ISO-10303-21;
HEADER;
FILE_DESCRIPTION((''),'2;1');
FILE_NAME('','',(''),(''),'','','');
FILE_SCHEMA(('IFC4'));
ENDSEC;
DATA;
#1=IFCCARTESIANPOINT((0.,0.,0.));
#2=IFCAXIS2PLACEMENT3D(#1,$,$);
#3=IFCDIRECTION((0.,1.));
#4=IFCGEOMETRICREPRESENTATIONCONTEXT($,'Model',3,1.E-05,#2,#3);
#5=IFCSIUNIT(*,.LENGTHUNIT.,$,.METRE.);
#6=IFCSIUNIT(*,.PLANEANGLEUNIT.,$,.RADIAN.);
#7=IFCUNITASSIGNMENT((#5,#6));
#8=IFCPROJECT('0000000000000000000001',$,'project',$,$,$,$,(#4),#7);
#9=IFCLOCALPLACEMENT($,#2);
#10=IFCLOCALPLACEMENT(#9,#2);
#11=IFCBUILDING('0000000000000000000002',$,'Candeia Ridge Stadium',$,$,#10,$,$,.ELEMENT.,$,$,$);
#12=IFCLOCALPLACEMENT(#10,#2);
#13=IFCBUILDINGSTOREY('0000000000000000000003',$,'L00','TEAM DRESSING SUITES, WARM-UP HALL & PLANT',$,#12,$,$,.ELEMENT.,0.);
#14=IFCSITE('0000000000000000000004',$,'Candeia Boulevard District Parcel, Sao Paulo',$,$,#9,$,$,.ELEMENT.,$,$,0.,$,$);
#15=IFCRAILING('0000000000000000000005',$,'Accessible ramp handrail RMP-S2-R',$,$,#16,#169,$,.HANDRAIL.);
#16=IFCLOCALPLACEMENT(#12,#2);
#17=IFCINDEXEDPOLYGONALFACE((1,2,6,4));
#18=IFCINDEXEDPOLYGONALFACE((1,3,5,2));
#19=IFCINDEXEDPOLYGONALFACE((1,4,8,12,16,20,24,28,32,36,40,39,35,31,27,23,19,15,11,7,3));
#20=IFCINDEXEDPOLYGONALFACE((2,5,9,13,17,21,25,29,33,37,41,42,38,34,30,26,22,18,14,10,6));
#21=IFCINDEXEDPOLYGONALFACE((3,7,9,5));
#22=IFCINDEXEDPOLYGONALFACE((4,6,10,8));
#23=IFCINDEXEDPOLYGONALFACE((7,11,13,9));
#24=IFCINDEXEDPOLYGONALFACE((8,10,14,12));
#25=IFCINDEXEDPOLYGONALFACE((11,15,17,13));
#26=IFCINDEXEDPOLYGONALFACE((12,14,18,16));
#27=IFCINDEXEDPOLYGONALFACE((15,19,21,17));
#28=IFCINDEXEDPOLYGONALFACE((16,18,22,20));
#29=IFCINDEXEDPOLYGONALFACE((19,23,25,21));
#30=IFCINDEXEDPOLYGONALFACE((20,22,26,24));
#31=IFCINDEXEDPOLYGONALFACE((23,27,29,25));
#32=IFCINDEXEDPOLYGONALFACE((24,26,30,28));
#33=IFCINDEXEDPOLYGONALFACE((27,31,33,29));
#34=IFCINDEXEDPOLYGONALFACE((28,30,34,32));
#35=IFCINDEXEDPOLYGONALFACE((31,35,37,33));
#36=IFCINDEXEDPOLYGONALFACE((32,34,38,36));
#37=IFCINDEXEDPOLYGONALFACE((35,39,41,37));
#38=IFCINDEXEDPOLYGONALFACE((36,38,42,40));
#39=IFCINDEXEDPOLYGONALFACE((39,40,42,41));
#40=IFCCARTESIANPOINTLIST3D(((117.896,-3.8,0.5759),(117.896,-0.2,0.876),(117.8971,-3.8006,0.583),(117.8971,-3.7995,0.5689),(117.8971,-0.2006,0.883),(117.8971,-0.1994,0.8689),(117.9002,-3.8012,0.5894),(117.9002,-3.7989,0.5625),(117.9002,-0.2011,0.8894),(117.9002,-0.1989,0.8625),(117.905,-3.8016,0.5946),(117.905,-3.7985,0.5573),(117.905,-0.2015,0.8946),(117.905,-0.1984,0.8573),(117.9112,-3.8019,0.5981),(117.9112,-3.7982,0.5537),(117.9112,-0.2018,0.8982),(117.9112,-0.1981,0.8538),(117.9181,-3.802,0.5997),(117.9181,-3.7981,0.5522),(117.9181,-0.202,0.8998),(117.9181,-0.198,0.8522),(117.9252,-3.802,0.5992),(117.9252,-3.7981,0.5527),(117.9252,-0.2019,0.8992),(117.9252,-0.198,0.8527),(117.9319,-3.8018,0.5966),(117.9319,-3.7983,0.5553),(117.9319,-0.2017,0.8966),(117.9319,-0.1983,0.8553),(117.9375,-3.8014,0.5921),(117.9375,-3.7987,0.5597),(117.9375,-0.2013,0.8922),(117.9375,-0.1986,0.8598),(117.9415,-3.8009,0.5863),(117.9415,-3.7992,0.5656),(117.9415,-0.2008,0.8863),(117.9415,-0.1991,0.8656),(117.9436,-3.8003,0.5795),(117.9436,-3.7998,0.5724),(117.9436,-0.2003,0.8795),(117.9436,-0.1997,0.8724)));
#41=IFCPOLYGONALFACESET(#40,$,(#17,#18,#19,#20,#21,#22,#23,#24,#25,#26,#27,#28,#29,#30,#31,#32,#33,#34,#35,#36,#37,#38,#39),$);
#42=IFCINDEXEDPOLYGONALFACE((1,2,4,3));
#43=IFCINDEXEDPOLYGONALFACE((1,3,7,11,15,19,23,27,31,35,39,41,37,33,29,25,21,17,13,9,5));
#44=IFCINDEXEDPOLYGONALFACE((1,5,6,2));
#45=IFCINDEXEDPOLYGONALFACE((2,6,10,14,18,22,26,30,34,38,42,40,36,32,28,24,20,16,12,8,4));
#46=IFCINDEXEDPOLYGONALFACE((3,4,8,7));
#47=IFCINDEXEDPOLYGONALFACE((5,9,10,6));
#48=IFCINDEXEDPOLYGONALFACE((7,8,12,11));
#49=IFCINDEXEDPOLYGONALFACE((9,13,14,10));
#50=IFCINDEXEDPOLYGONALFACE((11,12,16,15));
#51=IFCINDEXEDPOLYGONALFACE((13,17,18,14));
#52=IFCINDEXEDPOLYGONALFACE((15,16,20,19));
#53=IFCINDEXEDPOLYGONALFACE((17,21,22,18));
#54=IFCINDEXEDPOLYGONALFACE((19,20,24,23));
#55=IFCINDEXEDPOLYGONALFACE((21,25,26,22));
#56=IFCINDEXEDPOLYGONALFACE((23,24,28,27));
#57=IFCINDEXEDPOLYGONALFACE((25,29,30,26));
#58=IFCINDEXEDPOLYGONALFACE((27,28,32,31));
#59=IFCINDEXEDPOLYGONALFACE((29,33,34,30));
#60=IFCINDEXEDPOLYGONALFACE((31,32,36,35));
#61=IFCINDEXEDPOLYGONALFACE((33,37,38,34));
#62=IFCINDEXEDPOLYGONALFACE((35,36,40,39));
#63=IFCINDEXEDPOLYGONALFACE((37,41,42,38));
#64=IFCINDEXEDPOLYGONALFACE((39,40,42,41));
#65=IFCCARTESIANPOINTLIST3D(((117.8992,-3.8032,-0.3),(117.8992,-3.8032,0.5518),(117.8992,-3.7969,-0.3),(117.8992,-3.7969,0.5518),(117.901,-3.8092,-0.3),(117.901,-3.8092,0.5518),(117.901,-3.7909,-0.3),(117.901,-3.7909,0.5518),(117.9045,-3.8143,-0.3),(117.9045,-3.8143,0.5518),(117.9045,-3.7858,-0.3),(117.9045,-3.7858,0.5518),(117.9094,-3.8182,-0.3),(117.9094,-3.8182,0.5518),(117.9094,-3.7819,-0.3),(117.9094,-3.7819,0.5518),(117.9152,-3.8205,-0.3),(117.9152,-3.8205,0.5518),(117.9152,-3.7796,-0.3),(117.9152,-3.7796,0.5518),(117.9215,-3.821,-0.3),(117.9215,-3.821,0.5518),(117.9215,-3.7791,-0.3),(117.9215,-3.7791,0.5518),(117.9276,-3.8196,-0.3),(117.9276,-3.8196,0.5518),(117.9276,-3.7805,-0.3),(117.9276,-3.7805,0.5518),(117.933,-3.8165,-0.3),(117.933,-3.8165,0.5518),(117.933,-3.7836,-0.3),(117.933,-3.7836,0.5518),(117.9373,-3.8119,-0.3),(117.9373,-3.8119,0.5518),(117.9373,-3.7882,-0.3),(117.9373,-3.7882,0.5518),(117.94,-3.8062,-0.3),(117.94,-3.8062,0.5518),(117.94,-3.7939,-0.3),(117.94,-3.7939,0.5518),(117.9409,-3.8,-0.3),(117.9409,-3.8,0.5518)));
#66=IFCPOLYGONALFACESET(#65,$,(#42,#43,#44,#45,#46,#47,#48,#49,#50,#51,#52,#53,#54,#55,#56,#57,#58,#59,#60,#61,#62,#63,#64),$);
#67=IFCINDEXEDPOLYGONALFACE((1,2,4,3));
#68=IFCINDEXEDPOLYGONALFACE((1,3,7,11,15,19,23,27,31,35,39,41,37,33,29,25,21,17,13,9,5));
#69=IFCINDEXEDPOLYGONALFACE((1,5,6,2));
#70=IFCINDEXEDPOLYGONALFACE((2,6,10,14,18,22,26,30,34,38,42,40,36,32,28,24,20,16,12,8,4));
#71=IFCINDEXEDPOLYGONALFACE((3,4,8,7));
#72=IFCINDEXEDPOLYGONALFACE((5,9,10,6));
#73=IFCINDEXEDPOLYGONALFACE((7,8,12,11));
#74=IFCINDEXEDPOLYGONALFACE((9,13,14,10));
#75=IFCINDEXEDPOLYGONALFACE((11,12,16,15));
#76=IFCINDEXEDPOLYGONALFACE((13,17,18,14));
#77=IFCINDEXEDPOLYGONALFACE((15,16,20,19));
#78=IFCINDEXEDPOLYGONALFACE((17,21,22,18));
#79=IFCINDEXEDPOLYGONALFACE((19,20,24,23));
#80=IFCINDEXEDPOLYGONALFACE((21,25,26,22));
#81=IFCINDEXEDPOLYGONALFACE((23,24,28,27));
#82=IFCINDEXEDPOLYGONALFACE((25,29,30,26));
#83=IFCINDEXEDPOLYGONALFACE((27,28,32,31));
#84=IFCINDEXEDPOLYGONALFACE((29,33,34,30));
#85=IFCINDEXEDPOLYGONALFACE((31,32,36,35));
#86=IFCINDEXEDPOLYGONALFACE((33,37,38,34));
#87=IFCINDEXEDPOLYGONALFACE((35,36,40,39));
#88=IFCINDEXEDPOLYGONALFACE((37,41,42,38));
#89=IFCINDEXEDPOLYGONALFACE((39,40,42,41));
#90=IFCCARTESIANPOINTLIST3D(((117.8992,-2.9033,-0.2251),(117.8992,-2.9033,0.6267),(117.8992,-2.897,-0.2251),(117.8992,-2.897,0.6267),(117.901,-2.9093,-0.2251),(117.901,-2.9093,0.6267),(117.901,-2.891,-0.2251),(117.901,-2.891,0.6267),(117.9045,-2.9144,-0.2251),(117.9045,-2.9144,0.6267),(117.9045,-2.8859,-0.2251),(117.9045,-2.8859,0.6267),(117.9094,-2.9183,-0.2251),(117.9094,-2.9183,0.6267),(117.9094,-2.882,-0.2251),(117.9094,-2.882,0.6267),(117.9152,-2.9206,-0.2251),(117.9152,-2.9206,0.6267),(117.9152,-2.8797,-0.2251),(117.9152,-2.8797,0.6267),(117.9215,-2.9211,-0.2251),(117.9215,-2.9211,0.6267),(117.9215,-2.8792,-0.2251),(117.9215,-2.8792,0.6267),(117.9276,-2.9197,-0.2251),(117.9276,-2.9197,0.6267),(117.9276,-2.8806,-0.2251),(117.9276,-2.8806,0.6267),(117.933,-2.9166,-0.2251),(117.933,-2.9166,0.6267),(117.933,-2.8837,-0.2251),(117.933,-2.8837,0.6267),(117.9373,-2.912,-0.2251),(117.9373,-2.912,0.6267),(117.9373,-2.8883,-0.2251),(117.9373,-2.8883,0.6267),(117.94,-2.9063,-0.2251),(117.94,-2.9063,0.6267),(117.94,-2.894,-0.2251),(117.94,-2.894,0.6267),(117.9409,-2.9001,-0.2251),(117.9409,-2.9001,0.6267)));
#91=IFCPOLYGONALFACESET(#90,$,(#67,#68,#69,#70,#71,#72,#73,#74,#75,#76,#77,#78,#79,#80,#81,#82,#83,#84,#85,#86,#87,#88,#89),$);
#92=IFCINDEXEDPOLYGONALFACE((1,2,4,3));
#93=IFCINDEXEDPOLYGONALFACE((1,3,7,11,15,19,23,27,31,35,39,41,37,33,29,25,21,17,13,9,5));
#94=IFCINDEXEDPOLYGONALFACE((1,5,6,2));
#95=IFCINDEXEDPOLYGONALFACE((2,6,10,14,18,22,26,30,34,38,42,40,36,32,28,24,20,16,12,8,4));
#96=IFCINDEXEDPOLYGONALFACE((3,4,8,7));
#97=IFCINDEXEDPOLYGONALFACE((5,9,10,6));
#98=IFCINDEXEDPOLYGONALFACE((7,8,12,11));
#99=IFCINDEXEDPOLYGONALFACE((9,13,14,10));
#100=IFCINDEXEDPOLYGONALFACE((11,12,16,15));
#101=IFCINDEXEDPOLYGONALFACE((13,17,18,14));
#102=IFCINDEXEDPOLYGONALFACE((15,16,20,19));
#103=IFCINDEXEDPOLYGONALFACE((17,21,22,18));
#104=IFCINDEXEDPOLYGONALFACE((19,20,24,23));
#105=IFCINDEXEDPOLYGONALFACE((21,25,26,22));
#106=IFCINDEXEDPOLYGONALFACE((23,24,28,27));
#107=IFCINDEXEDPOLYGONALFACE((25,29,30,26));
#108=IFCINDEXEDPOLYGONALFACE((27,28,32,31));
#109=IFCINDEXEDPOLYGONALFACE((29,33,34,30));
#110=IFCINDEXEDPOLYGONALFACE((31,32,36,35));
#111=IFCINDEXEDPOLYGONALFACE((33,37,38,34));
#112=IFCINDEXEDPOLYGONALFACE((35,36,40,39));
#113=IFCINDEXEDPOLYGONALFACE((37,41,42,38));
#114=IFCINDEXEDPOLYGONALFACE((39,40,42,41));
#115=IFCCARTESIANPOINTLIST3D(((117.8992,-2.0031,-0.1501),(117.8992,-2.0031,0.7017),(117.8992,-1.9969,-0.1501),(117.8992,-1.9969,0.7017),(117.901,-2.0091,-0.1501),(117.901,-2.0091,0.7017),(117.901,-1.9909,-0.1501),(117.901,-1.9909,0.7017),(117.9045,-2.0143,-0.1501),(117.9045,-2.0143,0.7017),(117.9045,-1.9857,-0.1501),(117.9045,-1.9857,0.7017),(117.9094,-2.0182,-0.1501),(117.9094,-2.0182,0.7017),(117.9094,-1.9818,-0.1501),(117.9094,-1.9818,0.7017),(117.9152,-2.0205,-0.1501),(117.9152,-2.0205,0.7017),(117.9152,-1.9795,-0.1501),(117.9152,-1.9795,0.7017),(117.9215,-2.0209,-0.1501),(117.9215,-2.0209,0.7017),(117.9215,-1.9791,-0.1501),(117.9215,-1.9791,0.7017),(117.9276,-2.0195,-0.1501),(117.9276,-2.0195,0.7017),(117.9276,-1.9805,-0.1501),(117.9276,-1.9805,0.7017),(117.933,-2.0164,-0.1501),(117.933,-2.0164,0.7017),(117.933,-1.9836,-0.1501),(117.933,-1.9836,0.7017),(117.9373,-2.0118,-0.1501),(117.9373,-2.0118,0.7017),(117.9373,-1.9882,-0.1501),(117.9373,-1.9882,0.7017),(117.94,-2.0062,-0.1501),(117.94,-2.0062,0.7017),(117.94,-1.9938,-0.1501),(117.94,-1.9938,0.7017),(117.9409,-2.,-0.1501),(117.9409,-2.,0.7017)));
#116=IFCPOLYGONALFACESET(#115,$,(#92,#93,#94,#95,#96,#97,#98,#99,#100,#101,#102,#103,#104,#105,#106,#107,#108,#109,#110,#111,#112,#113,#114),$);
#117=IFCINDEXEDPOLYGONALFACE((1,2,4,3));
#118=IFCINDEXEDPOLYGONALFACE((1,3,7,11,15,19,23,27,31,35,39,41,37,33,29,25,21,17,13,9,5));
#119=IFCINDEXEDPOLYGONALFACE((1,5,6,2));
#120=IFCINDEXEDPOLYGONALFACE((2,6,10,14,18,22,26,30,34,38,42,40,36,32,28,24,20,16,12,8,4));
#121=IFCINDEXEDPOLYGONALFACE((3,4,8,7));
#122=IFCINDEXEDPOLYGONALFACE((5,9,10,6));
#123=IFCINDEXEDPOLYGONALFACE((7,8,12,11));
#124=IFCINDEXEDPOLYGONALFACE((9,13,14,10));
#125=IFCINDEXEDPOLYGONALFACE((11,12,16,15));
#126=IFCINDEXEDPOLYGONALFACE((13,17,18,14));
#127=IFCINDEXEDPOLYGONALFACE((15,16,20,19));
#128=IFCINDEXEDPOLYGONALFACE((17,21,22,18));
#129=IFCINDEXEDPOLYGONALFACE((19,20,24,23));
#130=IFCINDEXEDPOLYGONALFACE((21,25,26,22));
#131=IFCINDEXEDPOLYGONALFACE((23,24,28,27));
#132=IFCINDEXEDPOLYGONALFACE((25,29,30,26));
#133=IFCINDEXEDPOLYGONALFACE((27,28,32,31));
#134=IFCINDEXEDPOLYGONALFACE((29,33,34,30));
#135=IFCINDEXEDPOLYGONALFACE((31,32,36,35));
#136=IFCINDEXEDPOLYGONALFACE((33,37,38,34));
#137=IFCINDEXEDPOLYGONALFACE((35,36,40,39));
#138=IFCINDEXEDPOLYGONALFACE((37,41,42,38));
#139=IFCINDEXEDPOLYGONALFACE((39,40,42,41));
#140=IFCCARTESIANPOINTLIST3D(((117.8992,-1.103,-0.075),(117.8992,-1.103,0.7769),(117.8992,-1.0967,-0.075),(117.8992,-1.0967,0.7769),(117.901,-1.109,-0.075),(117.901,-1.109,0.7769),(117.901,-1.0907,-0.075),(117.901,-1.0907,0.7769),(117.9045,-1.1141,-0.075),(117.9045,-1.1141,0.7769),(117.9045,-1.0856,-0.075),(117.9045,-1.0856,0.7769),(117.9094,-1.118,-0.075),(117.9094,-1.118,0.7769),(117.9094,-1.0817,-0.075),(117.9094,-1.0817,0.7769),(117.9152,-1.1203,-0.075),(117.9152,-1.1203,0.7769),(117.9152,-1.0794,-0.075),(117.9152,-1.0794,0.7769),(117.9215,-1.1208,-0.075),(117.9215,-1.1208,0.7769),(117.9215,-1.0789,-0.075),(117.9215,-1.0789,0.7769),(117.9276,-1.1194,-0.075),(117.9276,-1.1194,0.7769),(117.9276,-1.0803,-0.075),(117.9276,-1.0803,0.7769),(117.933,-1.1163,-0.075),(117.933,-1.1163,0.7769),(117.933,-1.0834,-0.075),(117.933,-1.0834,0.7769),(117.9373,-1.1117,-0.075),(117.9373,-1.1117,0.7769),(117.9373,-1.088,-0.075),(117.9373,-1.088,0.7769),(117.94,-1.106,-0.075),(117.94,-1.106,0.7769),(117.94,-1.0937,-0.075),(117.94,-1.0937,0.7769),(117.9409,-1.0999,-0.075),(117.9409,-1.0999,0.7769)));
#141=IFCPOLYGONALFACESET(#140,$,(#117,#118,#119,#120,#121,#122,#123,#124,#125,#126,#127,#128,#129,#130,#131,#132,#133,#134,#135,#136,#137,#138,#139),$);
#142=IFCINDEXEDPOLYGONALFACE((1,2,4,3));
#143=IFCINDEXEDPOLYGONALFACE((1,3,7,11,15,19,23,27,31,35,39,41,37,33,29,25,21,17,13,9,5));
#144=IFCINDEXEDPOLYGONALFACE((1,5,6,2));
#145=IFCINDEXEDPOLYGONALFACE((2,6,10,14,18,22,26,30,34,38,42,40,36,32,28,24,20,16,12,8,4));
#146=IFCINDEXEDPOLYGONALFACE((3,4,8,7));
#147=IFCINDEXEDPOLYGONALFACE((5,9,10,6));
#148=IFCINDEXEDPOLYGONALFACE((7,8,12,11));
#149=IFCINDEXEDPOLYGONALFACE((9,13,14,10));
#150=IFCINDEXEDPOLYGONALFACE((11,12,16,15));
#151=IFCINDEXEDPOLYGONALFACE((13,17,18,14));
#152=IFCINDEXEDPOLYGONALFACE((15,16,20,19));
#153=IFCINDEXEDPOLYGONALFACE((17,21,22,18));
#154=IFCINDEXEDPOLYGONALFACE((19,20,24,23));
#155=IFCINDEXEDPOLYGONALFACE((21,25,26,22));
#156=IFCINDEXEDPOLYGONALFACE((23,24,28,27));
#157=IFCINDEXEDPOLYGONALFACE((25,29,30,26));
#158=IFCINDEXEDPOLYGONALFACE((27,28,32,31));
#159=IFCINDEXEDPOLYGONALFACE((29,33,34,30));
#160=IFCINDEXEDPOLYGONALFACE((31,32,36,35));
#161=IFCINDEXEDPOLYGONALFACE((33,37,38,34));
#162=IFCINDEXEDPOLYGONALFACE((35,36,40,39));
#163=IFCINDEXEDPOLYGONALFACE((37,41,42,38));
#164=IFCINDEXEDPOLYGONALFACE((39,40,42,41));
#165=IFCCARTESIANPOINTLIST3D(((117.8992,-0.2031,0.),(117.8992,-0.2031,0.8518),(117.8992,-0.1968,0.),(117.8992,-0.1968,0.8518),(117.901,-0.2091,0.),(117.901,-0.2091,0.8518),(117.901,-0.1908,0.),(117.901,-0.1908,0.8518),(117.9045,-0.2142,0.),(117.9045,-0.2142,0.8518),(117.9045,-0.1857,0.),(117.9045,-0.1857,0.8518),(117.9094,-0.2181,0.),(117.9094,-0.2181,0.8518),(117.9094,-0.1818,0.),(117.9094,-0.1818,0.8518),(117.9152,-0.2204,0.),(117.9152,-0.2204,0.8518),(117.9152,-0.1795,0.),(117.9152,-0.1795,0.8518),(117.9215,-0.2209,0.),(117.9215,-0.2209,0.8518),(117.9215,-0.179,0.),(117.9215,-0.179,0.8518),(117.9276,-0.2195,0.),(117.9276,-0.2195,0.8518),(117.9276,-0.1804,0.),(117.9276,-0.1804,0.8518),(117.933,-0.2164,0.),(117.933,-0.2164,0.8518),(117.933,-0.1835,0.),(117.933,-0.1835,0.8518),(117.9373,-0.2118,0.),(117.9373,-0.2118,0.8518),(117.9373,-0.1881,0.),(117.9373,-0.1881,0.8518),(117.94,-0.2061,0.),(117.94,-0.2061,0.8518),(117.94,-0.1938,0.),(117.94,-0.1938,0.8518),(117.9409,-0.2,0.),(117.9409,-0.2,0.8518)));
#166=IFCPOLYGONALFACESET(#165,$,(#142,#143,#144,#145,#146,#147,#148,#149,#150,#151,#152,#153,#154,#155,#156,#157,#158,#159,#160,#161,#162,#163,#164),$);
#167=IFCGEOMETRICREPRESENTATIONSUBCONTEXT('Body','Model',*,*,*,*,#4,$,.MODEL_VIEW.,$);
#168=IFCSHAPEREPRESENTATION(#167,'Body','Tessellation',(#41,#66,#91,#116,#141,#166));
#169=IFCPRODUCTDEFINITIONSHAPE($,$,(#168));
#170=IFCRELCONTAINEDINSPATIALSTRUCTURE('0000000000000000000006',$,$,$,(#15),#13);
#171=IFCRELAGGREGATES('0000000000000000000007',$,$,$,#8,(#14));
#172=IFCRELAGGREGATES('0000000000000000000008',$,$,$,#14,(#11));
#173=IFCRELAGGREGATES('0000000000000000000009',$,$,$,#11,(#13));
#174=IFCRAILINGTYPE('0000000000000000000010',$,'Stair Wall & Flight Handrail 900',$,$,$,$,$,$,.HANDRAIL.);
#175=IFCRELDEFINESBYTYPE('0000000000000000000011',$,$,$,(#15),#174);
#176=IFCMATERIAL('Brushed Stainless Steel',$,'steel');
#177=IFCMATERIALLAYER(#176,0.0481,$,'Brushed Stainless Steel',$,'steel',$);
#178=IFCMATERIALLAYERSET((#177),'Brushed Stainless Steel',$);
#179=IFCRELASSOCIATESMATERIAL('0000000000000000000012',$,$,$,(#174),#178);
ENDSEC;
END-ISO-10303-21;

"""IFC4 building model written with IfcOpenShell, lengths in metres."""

from ifc_helpers import new_model, si_unit, direction, frame, origin, origin_2d, place, context, subcontext, project, spatial, circle, extrude, material, layer, layer_set, type_object, element, save


model = new_model("IFC4")

# Units and contexts
model_context = context("Model", 3, precision=1e-05, world=origin(), true_north=direction((0.0, 1.0)))
body_context = subcontext(model_context, "Body", "Model", "MODEL_VIEW")
ifc_project = project(units=[si_unit("LENGTHUNIT", "METRE"), si_unit("PLANEANGLEUNIT", "RADIAN")], contexts=[model_context])

# Site, building, storey
site_placement = place(None, origin())
site = spatial("IfcSite", under=ifc_project, at=site_placement, Name="Candeia Boulevard District Parcel, Sao Paulo", CompositionType="ELEMENT", RefElevation=0.0)
building_placement = place(site_placement, origin())
building = spatial("IfcBuilding", under=site, at=building_placement, Name="Candeia Ridge Stadium", CompositionType="ELEMENT")
storey_placement = place(building_placement, origin())
storey = spatial("IfcBuildingStorey", under=building, at=storey_placement, Name="L00", Description="TEAM DRESSING SUITES, WARM-UP HALL & PLANT", CompositionType="ELEMENT", Elevation=0.0)

# Railing
ifc_material_1 = material(Name="Brushed Stainless Steel", Category="steel")
ifc_layer_1 = layer(ifc_material_1, 0.0481, Name="Brushed Stainless Steel", Category="steel")
ifc_layer_set_1 = layer_set([ifc_layer_1], Name="Brushed Stainless Steel")
railing_type_1 = type_object("IfcRailingType", Name="Stair Wall & Flight Handrail 900", PredefinedType="HANDRAIL", material=ifc_layer_set_1)
for number, where, name in (
    (1, (117.9199, -3.8, -0.3), "Accessible ramp handrail RMP-S2-R"),
):
    element("IfcRailing", number, at=place(storey_placement, frame(where)), inside=storey, type_object=railing_type_1, Name=name, PredefinedType="HANDRAIL", context=body_context, shape_type="SweptSolid", body=[
        extrude(circle(Radius=0.0239, at=origin_2d()), frame((0.0, 0.0, 0.876), z_axis=(0.0, 0.996545, 0.083057), x_axis=(-1.0, 0.0, 0.0)), (0.0, 0.0, 1.0), 3.6125),
        extrude(circle(Radius=0.021, at=origin_2d()), origin(), (0.0, 0.0, 1.0), 0.8518),
        extrude(circle(Radius=0.021, at=origin_2d()), frame((0.0, 0.8999, 0.075)), (0.0, 0.0, 1.0), 0.8518),
        extrude(circle(Radius=0.021, at=origin_2d()), frame((0.0, 1.8, 0.1499)), (0.0, 0.0, 1.0), 0.8518),
        extrude(circle(Radius=0.021, at=origin_2d()), frame((0.0, 2.7002, 0.2251)), (0.0, 0.0, 1.0), 0.8518),
        extrude(circle(Radius=0.021, at=origin_2d()), frame((0.0, 3.6001, 0.3)), (0.0, 0.0, 1.0), 0.8518),
    ])

save(model, "model.ifc")
